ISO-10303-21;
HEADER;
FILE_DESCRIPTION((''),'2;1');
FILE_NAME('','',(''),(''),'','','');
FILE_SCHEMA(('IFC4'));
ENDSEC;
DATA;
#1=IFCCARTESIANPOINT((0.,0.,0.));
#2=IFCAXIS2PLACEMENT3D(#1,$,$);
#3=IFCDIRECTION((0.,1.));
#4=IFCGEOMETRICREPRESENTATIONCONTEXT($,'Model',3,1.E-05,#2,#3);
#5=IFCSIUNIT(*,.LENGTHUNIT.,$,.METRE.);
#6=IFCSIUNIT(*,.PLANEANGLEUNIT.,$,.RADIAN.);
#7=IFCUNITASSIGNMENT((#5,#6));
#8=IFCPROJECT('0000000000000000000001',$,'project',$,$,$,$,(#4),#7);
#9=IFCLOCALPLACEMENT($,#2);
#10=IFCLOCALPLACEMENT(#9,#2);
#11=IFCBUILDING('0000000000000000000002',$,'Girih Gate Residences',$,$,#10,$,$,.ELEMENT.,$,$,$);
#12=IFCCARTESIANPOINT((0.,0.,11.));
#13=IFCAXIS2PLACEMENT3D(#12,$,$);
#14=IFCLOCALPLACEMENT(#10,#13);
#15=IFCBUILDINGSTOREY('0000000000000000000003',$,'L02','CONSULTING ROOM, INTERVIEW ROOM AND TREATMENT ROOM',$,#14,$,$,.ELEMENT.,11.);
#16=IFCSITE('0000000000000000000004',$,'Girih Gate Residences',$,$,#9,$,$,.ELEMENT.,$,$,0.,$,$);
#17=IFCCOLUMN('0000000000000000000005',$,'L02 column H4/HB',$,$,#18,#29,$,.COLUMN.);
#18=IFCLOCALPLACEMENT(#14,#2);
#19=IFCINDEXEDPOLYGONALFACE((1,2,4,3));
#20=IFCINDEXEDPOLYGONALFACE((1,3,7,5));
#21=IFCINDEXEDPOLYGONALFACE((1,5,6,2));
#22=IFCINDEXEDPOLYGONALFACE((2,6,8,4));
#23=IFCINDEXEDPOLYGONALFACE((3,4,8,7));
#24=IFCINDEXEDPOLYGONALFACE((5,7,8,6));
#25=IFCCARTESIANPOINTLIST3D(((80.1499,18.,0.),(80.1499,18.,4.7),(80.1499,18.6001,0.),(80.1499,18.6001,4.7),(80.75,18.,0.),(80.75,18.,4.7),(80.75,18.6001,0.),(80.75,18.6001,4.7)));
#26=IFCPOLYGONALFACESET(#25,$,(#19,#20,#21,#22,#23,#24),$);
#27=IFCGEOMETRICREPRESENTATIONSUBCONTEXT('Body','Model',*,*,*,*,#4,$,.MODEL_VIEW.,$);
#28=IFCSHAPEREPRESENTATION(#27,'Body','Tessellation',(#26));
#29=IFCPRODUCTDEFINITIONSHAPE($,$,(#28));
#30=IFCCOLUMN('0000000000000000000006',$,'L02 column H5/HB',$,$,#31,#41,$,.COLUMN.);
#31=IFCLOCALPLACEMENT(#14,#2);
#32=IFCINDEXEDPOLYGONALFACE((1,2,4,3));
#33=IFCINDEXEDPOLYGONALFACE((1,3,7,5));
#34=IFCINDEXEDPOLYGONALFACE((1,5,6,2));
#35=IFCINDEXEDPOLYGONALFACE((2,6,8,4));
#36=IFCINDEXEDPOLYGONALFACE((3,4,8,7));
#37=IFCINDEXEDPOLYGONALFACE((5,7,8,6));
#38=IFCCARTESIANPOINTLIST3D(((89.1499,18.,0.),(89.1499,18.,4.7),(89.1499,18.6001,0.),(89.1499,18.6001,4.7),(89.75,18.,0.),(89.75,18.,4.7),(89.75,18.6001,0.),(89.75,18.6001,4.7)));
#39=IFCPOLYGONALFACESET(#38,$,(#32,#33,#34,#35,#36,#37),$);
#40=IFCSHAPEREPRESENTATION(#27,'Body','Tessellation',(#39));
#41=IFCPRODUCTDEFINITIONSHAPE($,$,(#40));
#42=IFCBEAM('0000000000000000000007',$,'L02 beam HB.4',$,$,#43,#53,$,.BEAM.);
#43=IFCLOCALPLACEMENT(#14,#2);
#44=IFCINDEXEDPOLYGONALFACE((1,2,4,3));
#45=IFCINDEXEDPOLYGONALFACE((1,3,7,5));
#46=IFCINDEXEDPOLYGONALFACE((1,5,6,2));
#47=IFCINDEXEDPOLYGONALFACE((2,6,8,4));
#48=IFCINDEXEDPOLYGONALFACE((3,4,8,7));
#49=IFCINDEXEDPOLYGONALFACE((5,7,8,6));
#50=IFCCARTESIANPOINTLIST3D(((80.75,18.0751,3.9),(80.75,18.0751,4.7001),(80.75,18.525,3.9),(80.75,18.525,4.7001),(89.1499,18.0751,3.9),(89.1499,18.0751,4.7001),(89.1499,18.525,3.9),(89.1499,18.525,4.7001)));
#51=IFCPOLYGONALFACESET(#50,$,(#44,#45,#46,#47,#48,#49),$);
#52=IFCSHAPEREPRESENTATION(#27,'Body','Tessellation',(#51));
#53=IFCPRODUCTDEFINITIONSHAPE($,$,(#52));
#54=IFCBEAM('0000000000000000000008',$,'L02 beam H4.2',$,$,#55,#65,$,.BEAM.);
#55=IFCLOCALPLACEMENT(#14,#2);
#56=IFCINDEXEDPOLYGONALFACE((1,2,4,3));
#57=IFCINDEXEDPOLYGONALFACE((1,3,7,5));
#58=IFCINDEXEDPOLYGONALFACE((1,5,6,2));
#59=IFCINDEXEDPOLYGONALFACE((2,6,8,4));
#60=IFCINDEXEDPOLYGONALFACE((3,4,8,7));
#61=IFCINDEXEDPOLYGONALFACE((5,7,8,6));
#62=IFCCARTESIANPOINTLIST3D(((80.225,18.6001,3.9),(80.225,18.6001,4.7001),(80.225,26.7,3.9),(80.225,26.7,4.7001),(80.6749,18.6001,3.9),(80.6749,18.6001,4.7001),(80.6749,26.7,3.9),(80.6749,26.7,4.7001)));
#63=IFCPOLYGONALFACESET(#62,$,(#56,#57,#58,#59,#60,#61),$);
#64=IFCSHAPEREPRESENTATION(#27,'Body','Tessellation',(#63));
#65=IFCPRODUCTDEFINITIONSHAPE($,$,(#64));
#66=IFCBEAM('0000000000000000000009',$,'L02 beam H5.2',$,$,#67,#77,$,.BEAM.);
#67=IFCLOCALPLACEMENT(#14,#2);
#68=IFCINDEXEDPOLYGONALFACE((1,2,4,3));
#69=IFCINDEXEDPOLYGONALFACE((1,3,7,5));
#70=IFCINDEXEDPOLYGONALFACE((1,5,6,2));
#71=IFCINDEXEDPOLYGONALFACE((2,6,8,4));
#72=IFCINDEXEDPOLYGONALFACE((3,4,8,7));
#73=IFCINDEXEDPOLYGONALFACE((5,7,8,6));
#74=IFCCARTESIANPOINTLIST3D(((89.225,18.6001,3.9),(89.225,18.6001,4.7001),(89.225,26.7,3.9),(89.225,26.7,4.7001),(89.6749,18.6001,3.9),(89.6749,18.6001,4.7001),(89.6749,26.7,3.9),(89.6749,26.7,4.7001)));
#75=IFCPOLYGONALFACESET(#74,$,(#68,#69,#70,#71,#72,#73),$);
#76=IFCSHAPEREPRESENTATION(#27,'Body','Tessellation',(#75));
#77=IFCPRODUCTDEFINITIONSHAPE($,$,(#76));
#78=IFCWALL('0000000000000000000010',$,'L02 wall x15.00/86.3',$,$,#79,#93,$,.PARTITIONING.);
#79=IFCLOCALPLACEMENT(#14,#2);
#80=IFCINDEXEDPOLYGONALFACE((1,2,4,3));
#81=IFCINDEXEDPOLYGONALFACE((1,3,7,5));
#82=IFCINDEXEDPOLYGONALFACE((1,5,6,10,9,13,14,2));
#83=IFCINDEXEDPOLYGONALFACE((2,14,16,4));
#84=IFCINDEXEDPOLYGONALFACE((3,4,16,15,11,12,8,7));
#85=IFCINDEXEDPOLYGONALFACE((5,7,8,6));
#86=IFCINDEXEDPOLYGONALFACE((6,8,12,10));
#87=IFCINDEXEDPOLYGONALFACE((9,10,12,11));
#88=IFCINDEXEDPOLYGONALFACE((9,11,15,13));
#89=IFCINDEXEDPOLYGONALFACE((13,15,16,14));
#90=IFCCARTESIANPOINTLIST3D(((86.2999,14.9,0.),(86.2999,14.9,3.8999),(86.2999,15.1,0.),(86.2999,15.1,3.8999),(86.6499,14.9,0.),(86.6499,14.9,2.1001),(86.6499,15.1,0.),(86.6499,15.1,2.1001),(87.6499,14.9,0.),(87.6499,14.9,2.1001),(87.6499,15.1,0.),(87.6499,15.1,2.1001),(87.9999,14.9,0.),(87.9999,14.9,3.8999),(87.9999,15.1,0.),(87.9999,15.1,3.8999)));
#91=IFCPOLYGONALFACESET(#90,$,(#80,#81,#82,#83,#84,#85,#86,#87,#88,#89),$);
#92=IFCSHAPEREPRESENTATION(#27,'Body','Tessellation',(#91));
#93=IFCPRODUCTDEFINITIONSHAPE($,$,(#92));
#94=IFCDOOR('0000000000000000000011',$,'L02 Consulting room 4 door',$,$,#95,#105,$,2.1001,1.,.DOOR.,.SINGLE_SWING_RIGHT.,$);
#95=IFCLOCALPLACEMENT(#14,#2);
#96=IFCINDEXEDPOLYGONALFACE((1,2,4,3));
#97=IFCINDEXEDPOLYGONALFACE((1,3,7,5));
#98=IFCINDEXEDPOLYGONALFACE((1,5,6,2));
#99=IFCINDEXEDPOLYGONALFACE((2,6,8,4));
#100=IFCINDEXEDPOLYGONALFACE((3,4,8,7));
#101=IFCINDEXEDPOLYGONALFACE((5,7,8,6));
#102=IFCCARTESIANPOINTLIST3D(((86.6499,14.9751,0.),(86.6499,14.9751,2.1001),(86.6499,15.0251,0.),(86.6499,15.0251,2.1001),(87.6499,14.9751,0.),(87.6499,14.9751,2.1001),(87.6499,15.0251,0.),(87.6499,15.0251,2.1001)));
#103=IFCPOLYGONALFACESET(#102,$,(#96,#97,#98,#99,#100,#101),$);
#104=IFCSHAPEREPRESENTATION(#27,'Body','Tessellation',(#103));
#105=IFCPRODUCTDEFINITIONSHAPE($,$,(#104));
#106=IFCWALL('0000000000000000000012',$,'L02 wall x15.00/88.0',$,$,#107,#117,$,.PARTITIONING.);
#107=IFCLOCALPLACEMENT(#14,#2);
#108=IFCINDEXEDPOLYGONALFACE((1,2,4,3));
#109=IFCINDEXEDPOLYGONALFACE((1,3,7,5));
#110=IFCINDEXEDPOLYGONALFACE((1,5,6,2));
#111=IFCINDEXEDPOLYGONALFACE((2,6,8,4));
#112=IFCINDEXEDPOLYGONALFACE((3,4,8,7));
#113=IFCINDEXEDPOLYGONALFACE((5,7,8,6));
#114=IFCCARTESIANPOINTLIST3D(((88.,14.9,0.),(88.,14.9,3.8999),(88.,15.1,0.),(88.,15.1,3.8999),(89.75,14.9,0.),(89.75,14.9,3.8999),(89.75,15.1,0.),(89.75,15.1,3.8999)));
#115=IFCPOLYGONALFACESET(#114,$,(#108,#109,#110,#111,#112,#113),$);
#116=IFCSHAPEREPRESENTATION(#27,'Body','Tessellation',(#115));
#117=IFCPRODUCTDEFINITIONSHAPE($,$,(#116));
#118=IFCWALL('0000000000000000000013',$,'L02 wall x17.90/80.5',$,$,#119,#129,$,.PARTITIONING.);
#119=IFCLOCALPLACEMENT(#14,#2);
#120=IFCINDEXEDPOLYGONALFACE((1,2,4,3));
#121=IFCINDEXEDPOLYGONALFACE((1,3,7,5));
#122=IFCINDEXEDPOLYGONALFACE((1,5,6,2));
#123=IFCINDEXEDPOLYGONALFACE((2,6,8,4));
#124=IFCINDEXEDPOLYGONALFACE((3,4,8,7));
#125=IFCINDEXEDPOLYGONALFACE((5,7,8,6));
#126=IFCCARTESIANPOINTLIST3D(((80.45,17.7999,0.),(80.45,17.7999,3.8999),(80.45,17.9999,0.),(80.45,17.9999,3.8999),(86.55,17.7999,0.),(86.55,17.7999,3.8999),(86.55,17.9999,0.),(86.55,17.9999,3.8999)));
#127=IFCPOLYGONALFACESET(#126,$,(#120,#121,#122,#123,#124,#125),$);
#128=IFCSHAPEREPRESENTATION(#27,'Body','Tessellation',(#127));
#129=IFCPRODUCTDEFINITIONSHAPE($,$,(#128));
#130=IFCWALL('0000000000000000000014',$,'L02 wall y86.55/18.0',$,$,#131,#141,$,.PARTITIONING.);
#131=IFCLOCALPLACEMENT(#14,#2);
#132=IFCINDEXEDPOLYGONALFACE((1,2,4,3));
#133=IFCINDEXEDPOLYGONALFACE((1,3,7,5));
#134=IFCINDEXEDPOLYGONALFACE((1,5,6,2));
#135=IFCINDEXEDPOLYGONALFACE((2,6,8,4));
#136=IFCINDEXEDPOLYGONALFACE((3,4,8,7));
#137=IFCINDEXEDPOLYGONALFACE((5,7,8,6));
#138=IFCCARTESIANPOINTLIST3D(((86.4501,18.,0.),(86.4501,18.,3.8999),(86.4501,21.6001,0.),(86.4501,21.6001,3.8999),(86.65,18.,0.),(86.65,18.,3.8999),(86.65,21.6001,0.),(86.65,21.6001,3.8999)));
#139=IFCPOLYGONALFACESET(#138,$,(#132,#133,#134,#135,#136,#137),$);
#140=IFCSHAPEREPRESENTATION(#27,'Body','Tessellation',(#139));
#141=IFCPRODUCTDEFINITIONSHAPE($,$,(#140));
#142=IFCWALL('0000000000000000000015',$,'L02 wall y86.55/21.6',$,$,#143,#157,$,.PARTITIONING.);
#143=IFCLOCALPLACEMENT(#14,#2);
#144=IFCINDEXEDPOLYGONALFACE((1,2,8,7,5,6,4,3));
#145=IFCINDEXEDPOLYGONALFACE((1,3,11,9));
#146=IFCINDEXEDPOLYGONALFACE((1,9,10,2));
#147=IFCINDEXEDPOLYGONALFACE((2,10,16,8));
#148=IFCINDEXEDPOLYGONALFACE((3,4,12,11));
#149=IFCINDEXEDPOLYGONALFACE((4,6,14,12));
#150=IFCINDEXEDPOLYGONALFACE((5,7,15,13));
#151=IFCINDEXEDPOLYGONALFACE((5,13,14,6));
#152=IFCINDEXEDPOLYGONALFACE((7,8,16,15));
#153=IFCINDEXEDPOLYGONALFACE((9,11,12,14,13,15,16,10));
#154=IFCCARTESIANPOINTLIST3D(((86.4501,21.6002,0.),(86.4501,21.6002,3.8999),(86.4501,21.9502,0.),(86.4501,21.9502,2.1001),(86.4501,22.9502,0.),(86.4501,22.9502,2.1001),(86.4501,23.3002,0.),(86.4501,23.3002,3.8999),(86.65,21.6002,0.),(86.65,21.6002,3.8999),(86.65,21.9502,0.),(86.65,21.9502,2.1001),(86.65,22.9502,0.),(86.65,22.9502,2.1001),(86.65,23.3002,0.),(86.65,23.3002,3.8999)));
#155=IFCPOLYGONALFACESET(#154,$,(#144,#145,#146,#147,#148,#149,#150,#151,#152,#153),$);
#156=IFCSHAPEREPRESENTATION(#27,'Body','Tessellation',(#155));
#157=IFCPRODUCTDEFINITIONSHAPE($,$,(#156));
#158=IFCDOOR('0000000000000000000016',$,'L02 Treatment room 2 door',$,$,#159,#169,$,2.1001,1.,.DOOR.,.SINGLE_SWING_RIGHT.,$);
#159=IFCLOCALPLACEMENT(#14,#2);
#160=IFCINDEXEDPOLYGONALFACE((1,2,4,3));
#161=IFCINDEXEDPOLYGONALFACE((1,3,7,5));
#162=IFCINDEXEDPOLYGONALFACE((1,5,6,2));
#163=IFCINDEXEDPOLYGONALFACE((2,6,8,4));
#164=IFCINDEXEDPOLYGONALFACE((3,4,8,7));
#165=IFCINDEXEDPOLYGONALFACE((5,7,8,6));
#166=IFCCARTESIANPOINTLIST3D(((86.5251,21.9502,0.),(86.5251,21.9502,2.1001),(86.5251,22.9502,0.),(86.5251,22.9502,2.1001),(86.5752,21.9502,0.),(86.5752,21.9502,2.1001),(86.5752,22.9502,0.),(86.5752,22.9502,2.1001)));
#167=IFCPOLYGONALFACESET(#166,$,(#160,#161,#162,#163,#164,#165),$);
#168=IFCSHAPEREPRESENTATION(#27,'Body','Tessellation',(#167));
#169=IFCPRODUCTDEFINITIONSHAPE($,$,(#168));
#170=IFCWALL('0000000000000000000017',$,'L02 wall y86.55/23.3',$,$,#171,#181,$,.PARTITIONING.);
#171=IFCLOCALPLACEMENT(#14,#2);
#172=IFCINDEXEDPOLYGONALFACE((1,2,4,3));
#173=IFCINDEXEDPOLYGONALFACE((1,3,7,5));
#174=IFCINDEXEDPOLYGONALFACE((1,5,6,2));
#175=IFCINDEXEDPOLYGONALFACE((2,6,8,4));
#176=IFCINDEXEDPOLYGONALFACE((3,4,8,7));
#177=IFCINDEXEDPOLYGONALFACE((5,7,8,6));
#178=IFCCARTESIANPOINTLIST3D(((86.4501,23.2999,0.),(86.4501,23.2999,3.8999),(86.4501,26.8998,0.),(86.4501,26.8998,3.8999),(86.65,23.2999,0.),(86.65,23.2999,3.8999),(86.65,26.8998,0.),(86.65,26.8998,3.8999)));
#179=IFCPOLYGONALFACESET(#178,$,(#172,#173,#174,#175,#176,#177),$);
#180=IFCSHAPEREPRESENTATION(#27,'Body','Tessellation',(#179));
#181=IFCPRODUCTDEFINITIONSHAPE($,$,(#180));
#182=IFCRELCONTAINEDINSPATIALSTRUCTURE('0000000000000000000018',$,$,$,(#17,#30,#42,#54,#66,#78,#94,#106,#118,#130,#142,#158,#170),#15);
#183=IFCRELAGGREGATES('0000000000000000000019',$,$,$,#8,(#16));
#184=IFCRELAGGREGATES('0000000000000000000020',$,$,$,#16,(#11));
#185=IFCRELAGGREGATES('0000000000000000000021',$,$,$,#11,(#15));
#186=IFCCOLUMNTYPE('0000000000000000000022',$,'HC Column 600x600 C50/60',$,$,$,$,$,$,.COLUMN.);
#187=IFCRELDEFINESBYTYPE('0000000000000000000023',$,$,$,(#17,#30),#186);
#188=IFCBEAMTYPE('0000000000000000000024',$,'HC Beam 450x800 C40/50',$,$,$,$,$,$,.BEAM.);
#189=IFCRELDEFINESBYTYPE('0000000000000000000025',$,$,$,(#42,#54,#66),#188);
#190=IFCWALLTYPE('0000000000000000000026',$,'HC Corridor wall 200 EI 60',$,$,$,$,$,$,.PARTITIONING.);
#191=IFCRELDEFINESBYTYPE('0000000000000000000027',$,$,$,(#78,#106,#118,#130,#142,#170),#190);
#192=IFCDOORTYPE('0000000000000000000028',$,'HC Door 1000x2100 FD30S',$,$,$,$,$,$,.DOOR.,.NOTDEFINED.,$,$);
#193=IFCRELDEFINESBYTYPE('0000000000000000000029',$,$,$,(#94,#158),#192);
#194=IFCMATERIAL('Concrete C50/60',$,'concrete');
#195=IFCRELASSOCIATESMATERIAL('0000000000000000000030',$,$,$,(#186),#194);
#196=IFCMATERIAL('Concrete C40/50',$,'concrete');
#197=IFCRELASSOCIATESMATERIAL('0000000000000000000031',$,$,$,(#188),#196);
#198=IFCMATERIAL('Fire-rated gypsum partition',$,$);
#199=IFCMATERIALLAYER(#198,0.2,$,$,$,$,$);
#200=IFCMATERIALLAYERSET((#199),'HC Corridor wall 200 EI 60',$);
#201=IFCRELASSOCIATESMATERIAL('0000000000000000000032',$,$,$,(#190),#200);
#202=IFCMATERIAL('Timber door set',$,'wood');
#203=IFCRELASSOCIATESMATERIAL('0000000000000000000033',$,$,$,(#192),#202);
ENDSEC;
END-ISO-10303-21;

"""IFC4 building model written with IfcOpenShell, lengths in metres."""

from ifc_helpers import new_model, si_unit, direction, frame, frame_2d, origin, origin_2d, place, context, subcontext, project, spatial, rectangle, extrude, material, layer, layer_set, material_profile, profile_set, type_object, element, fill, save


model = new_model("IFC4")

# Units and contexts
model_context = context("Model", 3, precision=1e-05, world=origin(), true_north=direction((0.0, 1.0)))
body_context = subcontext(model_context, "Body", "Model", "MODEL_VIEW")
ifc_project = project(units=[si_unit("LENGTHUNIT", "METRE"), si_unit("PLANEANGLEUNIT", "RADIAN")], contexts=[model_context])

# Site, building, storey
site_placement = place(None, origin())
site = spatial("IfcSite", under=ifc_project, at=site_placement, Name="Girih Gate Residences", CompositionType="ELEMENT", RefElevation=0.0)
building_placement = place(site_placement, origin())
building = spatial("IfcBuilding", under=site, at=building_placement, Name="Girih Gate Residences", CompositionType="ELEMENT")
storey_placement = place(building_placement, frame((0.0, 0.0, 11.0)))
storey = spatial("IfcBuildingStorey", under=building, at=storey_placement, Name="L02", Description="CONSULTING ROOM, INTERVIEW ROOM AND TREATMENT ROOM", CompositionType="ELEMENT", Elevation=11.0)

# Columns
ifc_material_1 = material(Name="Concrete C50/60", Category="concrete")
ifc_material_profile_1 = material_profile(ifc_material_1, rectangle(XDim=0.6001, YDim=0.6001, at=origin_2d()))
ifc_profile_set_1 = profile_set([ifc_material_profile_1], Name="Concrete C50/60")
column_type = type_object("IfcColumnType", Name="HC Column 600x600 C50/60", PredefinedType="COLUMN", material=ifc_profile_set_1)
for number, where, z_axis, x_axis, name in (
    (1, (80.45, 18.3, 0.0), (0.0, 0.0, 1.0), (1.0, 0.0, 0.0), "L02 column H4/HB"),
    (2, (89.45, 18.3, 0.0), (0.0, 0.0, 1.0), (1.0, 0.0, 0.0), "L02 column H5/HB"),
):
    element("IfcColumn", number, at=place(storey_placement, frame(where, z_axis=z_axis, x_axis=x_axis)), inside=storey, type_object=column_type, Name=name, PredefinedType="COLUMN", context=body_context, shape_type="SweptSolid", body=[
        extrude(rectangle(XDim=0.6001, YDim=0.6001, at=origin_2d()), origin(), (0.0, 0.0, 1.0), 4.7),
    ])

# Beams
ifc_material_2 = material(Name="Concrete C40/50", Category="concrete")
ifc_material_profile_2 = material_profile(ifc_material_2, rectangle(XDim=0.45, YDim=0.8, at=origin_2d()))
ifc_profile_set_2 = profile_set([ifc_material_profile_2], Name="Concrete C40/50")
beam_type = type_object("IfcBeamType", Name="HC Beam 450x800 C40/50", PredefinedType="BEAM", material=ifc_profile_set_2)
beam_placement = place(storey_placement, frame((80.75, 18.3, 4.3), z_axis=(1.0, 0.0, 0.0), x_axis=(0.0, 1.0, 0.0)))
element("IfcBeam", 3, at=beam_placement, inside=storey, type_object=beam_type, Name="L02 beam HB.4", PredefinedType="BEAM", context=body_context, shape_type="SweptSolid", body=[
    extrude(rectangle(XDim=0.45, YDim=0.8, at=origin_2d()), origin(), (0.0, 0.0, 1.0), 8.3999),
])
for number, where, z_axis, x_axis, name in (
    (4, (80.45, 18.6001, 4.3), (0.0, 1.0, 0.0), (-1.0, 0.0, 0.0), "L02 beam H4.2"),
    (5, (89.45, 18.6001, 4.3), (0.0, 1.0, 0.0), (-1.0, 0.0, 0.0), "L02 beam H5.2"),
):
    element("IfcBeam", number, at=place(storey_placement, frame(where, z_axis=z_axis, x_axis=x_axis)), inside=storey, type_object=beam_type, Name=name, PredefinedType="BEAM", context=body_context, shape_type="SweptSolid", body=[
        extrude(rectangle(XDim=0.45, YDim=0.8, at=origin_2d()), origin(), (0.0, 0.0, 1.0), 8.0999),
    ])

# Wall, opening, door
ifc_material_3 = material(Name="Fire-rated gypsum partition")
ifc_layer_1 = layer(ifc_material_3, 0.2)
ifc_layer_set_1 = layer_set([ifc_layer_1], Name="HC Corridor wall 200 EI 60")
wall_type_1 = type_object("IfcWallType", Name="HC Corridor wall 200 EI 60", PredefinedType="PARTITIONING", material=ifc_layer_set_1)
wall_1_placement = place(storey_placement, frame((88.0, 15.0, 0.0), z_axis=(0.0, 0.0, 1.0), x_axis=(-1.0, 0.0, 0.0)))
wall_1 = element("IfcWall", 6, at=wall_1_placement, inside=storey, type_object=wall_type_1, Name="L02 wall x15.00/86.3", PredefinedType="PARTITIONING", context=body_context, shape_type="SweptSolid", body=[
    extrude(rectangle(XDim=1.7, YDim=0.2, at=frame_2d((0.8501, 0.0))), origin(), (0.0, 0.0, 1.0), 3.8999),
])
opening_1_placement = place(wall_1_placement, frame((0.3501, 0.0, 0.0)))
opening_1 = element("IfcOpeningElement", 7, at=opening_1_placement, cuts=wall_1, PredefinedType="OPENING", context=body_context, shape_type="SweptSolid", body=[
    extrude(rectangle(XDim=1.0, YDim=2.1001, at=frame_2d((0.5, 1.05))), frame((0.0, 0.1099, 0.0), z_axis=(0.0, -1.0, 0.0), x_axis=(1.0, 0.0, 0.0)), (0.0, 0.0, 1.0), 0.22),
])
ifc_material_4 = material(Name="Timber door set", Category="wood")
door_type = type_object("IfcDoorType", Name="HC Door 1000x2100 FD30S", OperationType="NOTDEFINED", PredefinedType="DOOR", material=ifc_material_4)
door_1_placement = place(opening_1_placement, origin())
door_1 = element("IfcDoor", 8, at=door_1_placement, inside=storey, type_object=door_type, Name="L02 Consulting room 4 door", OperationType="SINGLE_SWING_RIGHT", OverallHeight=2.1001, OverallWidth=1.0, PredefinedType="DOOR", context=body_context, shape_type="SweptSolid", body=[
    extrude(rectangle(XDim=1.0, YDim=2.1001, at=frame_2d((0.5, 1.05))), frame((0.0, 0.0249, 0.0), z_axis=(0.0, -1.0, 0.0), x_axis=(1.0, 0.0, 0.0)), (0.0, 0.0, 1.0), 0.05),
])
fill(opening_1, door_1)

# Walls
wall_2_placement = place(storey_placement, frame((88.0, 15.0, 0.0), z_axis=(0.0, 0.0, 1.0), x_axis=(1.0, 0.0, 0.0)))
element("IfcWall", 9, at=wall_2_placement, inside=storey, type_object=wall_type_1, Name="L02 wall x15.00/88.0", PredefinedType="PARTITIONING", context=body_context, shape_type="SweptSolid", body=[
    extrude(rectangle(XDim=1.75, YDim=0.2, at=frame_2d((0.875, 0.0))), origin(), (0.0, 0.0, 1.0), 3.8999),
])
wall_3_placement = place(storey_placement, frame((80.45, 17.8999, 0.0), z_axis=(0.0, 0.0, 1.0), x_axis=(1.0, 0.0, 0.0)))
element("IfcWall", 10, at=wall_3_placement, inside=storey, type_object=wall_type_1, Name="L02 wall x17.90/80.5", PredefinedType="PARTITIONING", context=body_context, shape_type="SweptSolid", body=[
    extrude(rectangle(XDim=6.1001, YDim=0.2, at=frame_2d((3.05, 0.0))), origin(), (0.0, 0.0, 1.0), 3.8999),
])
wall_4_placement = place(storey_placement, frame((86.55, 18.0, 0.0), z_axis=(0.0, 0.0, 1.0), x_axis=(0.0, 1.0, 0.0)))
element("IfcWall", 11, at=wall_4_placement, inside=storey, type_object=wall_type_1, Name="L02 wall y86.55/18.0", PredefinedType="PARTITIONING", context=body_context, shape_type="SweptSolid", body=[
    extrude(rectangle(XDim=3.6001, YDim=0.2, at=frame_2d((1.8, 0.0))), origin(), (0.0, 0.0, 1.0), 3.8999),
])

# Wall, opening, door
wall_5_placement = place(storey_placement, frame((86.55, 21.6001, 0.0), z_axis=(0.0, 0.0, 1.0), x_axis=(0.0, 1.0, 0.0)))
wall_5 = element("IfcWall", 12, at=wall_5_placement, inside=storey, type_object=wall_type_1, Name="L02 wall y86.55/21.6", PredefinedType="PARTITIONING", context=body_context, shape_type="SweptSolid", body=[
    extrude(rectangle(XDim=1.7, YDim=0.2, at=frame_2d((0.8501, 0.0))), origin(), (0.0, 0.0, 1.0), 3.8999),
])
opening_2_placement = place(wall_5_placement, frame((0.3501, 0.0, 0.0)))
opening_2 = element("IfcOpeningElement", 13, at=opening_2_placement, cuts=wall_5, PredefinedType="OPENING", context=body_context, shape_type="SweptSolid", body=[
    extrude(rectangle(XDim=1.0, YDim=2.1001, at=frame_2d((0.5, 1.05))), frame((0.0, 0.1099, 0.0), z_axis=(0.0, -1.0, 0.0), x_axis=(1.0, 0.0, 0.0)), (0.0, 0.0, 1.0), 0.22),
])
door_2_placement = place(opening_2_placement, origin())
door_2 = element("IfcDoor", 14, at=door_2_placement, inside=storey, type_object=door_type, Name="L02 Treatment room 2 door", OperationType="SINGLE_SWING_RIGHT", OverallHeight=2.1001, OverallWidth=1.0, PredefinedType="DOOR", context=body_context, shape_type="SweptSolid", body=[
    extrude(rectangle(XDim=1.0, YDim=2.1001, at=frame_2d((0.5, 1.05))), frame((0.0, 0.0249, 0.0), z_axis=(0.0, -1.0, 0.0), x_axis=(1.0, 0.0, 0.0)), (0.0, 0.0, 1.0), 0.05),
])
fill(opening_2, door_2)

# Wall
wall_6_placement = place(storey_placement, frame((86.55, 23.3, 0.0), z_axis=(0.0, 0.0, 1.0), x_axis=(0.0, 1.0, 0.0)))
element("IfcWall", 15, at=wall_6_placement, inside=storey, type_object=wall_type_1, Name="L02 wall y86.55/23.3", PredefinedType="PARTITIONING", context=body_context, shape_type="SweptSolid", body=[
    extrude(rectangle(XDim=3.5999, YDim=0.2, at=frame_2d((1.7998, 0.0))), origin(), (0.0, 0.0, 1.0), 3.8999),
])

save(model, "model.ifc")
